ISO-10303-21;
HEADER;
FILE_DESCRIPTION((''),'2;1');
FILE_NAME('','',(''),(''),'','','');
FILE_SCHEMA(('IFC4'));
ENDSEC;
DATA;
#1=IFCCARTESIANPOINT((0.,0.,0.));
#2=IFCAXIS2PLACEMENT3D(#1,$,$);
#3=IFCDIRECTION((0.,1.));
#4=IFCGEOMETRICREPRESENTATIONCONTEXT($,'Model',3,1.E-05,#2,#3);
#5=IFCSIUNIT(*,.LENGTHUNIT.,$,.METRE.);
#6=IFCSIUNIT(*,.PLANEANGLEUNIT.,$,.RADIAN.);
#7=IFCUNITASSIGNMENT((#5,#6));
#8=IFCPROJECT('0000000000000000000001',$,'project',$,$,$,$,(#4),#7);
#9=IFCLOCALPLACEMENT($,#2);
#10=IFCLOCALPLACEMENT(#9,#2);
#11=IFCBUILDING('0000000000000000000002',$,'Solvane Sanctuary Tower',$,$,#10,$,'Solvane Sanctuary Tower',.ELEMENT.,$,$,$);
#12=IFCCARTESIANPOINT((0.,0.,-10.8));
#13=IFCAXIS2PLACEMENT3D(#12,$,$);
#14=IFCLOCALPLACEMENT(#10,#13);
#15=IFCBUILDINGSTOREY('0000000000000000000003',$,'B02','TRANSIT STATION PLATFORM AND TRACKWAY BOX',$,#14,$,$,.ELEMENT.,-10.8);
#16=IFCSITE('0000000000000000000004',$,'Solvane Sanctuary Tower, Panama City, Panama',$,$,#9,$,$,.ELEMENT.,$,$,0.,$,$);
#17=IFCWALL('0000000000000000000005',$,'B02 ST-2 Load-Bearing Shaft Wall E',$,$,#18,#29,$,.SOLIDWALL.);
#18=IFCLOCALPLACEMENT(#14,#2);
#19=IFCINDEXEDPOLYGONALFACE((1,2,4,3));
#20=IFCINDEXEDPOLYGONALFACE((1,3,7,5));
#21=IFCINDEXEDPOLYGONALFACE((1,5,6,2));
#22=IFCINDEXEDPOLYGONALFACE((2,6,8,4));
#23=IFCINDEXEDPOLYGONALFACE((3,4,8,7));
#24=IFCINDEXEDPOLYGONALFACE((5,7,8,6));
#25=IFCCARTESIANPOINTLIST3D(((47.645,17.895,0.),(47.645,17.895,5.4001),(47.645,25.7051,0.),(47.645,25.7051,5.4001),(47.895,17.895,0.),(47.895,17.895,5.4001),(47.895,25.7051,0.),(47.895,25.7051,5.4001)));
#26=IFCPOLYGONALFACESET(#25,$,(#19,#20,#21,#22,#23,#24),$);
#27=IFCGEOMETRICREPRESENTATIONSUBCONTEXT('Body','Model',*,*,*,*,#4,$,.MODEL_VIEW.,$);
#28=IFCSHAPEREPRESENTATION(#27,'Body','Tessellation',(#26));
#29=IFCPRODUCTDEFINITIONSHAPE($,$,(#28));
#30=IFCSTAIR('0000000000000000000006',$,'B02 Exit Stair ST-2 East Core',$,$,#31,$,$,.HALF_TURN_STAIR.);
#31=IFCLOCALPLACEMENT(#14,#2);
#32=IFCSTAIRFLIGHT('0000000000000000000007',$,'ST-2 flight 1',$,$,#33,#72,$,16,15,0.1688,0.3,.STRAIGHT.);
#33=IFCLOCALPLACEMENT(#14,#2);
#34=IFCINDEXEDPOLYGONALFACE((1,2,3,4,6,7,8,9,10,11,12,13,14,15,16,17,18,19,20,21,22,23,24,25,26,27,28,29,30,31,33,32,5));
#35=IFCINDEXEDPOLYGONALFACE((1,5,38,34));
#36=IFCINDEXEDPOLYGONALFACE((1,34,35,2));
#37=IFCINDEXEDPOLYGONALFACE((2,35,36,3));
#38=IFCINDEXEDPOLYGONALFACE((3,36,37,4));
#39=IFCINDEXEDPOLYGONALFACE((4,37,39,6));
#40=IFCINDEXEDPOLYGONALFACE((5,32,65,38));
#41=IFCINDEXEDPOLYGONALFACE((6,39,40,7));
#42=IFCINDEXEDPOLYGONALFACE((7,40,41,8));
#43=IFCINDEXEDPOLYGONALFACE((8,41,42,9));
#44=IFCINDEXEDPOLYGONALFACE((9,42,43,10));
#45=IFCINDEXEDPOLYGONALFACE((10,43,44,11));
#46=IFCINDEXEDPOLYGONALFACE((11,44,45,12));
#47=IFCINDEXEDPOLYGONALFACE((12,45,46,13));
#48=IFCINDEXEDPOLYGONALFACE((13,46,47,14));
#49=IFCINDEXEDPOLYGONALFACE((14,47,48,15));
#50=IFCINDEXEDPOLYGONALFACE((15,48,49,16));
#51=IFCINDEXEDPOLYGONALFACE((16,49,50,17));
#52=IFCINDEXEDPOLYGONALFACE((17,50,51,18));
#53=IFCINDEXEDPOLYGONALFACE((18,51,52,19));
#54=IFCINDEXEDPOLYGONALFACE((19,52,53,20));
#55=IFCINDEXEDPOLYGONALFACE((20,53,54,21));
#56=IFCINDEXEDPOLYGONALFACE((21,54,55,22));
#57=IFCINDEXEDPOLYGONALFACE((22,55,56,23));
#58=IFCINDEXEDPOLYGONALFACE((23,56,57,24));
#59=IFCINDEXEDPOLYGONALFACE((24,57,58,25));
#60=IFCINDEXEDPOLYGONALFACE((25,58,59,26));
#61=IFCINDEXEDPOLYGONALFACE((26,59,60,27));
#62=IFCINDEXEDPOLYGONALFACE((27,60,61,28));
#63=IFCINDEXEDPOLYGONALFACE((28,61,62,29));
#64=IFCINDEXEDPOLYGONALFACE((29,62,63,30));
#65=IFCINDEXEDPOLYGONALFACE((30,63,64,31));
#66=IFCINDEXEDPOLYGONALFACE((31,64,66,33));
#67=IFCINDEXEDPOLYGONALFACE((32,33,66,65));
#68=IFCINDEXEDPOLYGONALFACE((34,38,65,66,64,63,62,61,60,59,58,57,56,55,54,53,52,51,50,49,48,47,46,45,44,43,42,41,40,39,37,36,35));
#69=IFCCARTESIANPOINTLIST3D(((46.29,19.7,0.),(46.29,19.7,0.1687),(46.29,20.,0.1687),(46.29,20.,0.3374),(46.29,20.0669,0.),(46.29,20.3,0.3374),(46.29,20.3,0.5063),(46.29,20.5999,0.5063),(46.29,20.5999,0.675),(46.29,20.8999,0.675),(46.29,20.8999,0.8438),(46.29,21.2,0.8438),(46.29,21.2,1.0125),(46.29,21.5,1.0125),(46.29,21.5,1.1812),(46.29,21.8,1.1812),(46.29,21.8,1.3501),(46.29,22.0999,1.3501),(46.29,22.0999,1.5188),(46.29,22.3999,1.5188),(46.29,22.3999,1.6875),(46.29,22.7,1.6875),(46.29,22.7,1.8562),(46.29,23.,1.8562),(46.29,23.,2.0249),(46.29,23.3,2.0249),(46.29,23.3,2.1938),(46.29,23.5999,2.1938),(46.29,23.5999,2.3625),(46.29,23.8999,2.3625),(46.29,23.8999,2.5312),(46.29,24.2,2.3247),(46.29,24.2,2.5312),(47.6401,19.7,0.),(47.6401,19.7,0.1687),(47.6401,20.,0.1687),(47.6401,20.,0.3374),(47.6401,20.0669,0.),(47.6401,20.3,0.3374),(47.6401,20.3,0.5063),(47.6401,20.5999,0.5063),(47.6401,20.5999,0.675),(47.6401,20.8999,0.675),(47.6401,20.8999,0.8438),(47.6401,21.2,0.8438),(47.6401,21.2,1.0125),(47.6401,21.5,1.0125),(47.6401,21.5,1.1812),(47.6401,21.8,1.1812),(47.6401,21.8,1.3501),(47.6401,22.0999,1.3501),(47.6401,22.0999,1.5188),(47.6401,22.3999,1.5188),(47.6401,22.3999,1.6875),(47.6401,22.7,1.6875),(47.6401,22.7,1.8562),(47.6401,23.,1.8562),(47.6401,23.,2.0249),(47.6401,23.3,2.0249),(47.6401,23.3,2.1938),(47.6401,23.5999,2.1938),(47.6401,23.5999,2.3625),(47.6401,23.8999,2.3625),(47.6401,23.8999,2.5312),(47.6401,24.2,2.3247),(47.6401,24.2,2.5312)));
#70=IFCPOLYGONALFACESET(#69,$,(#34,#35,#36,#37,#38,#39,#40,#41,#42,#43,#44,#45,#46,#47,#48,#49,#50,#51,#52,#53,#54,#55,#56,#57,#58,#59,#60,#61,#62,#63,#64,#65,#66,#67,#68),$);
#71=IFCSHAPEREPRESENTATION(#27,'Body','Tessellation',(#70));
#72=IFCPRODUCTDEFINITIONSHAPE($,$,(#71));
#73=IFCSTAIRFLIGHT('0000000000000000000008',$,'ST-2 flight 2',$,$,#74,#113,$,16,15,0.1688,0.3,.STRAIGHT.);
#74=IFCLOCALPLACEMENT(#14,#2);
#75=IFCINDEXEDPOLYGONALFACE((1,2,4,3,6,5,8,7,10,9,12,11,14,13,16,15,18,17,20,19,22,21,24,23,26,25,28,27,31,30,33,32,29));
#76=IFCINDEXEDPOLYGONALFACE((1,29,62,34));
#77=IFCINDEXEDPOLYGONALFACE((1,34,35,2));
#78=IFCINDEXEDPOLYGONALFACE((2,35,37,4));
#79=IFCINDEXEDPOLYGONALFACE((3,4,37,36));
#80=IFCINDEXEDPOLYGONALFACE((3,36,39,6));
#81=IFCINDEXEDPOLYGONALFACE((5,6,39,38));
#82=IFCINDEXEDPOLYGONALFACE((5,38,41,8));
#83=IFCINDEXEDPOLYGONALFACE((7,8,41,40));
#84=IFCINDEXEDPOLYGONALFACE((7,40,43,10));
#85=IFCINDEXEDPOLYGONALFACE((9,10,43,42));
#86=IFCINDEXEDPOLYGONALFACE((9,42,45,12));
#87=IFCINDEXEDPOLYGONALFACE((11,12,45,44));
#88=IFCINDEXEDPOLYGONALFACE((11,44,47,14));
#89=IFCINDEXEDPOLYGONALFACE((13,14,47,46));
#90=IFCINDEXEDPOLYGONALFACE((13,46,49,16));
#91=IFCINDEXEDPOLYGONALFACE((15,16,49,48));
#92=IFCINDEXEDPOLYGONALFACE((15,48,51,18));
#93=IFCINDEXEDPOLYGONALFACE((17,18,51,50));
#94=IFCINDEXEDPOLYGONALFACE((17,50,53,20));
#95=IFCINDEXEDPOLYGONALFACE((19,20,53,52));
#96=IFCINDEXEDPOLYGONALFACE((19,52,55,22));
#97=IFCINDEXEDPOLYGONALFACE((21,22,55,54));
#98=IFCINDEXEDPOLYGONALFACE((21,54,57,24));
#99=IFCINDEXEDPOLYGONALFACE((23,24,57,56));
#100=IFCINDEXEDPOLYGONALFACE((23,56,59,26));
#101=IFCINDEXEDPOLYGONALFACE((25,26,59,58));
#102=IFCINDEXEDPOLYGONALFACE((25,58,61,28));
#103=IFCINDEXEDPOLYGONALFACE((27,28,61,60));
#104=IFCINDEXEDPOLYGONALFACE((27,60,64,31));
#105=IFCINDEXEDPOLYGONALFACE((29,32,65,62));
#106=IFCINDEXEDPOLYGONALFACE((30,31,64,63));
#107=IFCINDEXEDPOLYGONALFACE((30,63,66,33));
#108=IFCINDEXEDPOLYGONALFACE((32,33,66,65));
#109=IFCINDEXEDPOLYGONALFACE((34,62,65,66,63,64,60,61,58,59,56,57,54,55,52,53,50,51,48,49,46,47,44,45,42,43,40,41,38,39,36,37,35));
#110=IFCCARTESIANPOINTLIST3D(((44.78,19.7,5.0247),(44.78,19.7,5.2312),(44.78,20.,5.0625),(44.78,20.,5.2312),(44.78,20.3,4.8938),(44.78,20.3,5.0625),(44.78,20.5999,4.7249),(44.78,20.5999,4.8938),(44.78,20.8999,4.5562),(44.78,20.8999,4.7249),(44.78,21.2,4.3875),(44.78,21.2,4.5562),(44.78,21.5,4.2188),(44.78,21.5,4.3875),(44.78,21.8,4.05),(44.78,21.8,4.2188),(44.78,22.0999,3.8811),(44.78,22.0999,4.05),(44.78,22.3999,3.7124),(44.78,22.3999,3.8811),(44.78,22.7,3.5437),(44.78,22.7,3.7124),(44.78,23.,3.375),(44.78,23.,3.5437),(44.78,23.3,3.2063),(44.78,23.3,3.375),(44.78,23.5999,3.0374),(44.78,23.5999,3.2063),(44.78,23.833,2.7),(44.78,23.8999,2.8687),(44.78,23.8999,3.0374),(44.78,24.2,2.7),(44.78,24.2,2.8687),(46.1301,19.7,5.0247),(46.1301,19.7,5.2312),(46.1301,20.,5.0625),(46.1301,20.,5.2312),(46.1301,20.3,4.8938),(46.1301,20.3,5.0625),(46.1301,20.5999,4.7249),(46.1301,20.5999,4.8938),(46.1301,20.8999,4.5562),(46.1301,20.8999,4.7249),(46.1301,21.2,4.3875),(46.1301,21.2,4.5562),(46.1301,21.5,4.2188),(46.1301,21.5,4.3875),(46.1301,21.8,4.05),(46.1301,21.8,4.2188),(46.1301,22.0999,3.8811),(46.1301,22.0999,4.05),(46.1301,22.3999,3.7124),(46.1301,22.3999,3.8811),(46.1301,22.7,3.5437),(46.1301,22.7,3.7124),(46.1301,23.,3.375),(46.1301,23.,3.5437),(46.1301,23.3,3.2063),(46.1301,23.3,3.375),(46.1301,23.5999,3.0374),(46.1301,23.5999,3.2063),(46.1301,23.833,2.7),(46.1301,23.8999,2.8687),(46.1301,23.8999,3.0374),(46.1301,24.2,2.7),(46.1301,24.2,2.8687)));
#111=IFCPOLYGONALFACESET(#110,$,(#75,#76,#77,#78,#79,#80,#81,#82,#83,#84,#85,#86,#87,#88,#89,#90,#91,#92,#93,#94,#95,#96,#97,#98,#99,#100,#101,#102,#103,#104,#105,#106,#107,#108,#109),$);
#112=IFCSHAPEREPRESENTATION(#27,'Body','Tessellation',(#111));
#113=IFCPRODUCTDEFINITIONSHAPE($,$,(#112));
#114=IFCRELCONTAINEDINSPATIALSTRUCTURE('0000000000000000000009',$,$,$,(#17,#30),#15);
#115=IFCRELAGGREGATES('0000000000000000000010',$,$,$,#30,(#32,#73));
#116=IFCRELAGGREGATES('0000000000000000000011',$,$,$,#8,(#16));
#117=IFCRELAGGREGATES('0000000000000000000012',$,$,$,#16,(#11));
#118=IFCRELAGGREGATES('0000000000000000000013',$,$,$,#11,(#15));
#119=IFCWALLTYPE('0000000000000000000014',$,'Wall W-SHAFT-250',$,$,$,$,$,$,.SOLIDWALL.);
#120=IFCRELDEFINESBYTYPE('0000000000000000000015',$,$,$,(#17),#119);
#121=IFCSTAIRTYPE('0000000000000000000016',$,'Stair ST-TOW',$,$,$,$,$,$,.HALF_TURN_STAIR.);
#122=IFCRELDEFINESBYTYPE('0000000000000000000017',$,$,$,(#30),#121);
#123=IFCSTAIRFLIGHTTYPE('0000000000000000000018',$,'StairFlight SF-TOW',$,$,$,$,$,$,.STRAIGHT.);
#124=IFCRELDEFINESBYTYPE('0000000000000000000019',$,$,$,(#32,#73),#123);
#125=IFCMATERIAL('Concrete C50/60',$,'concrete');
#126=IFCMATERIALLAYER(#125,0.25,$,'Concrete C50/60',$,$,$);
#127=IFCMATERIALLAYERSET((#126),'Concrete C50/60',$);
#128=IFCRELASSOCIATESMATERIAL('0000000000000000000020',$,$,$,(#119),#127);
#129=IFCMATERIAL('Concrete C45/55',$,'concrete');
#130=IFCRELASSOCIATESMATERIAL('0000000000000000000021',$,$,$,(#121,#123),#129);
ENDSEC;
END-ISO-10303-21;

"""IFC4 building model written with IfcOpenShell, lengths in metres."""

from ifc_helpers import new_model, si_unit, direction, frame, frame_2d, origin, place, context, subcontext, project, spatial, polyline, rectangle, outline, extrude, material, layer, layer_set, type_object, element, aggregate, save


model = new_model("IFC4")

# Units and contexts
model_context = context("Model", 3, precision=1e-05, world=origin(), true_north=direction((0.0, 1.0)))
body_context = subcontext(model_context, "Body", "Model", "MODEL_VIEW")
ifc_project = project(units=[si_unit("LENGTHUNIT", "METRE"), si_unit("PLANEANGLEUNIT", "RADIAN")], contexts=[model_context])

# Site, building, storey
site_placement = place(None, origin())
site = spatial("IfcSite", under=ifc_project, at=site_placement, Name="Solvane Sanctuary Tower, Panama City, Panama", CompositionType="ELEMENT", RefElevation=0.0)
building_placement = place(site_placement, origin())
building = spatial("IfcBuilding", under=site, at=building_placement, Name="Solvane Sanctuary Tower", LongName="Solvane Sanctuary Tower", CompositionType="ELEMENT")
storey_placement = place(building_placement, frame((0.0, 0.0, -10.8)))
storey = spatial("IfcBuildingStorey", under=building, at=storey_placement, Name="B02", Description="TRANSIT STATION PLATFORM AND TRACKWAY BOX", CompositionType="ELEMENT", Elevation=-10.8)

# Shared definitions
ifc_material_1 = material(Name="Concrete C50/60", Category="concrete")

# Shared definitions
ifc_material_2 = material(Name="Concrete C45/55", Category="concrete")

# Wall
ifc_layer_1 = layer(ifc_material_1, 0.25, Name="Concrete C50/60")
ifc_layer_set_1 = layer_set([ifc_layer_1], Name="Concrete C50/60")
wall_type_1 = type_object("IfcWallType", Name="Wall W-SHAFT-250", PredefinedType="SOLIDWALL", material=ifc_layer_set_1)
wall_1_placement = place(storey_placement, frame((47.77, 17.895, 0.0), z_axis=(0.0, 0.0, 1.0), x_axis=(0.0, 1.0, 0.0)))
element("IfcWall", 1, at=wall_1_placement, inside=storey, type_object=wall_type_1, Name="B02 ST-2 Load-Bearing Shaft Wall E", PredefinedType="SOLIDWALL", context=body_context, shape_type="SweptSolid", body=[
    extrude(rectangle(XDim=7.8101, YDim=0.25, at=frame_2d((3.905, 0.0))), origin(), (0.0, 0.0, 1.0), 5.4001),
])

# Stair, stair flights
stair_type = type_object("IfcStairType", Name="Stair ST-TOW", PredefinedType="HALF_TURN_STAIR", material=ifc_material_2)
stair_placement = place(storey_placement, origin())
stair = element("IfcStair", 2, at=stair_placement, inside=storey, type_object=stair_type, Name="B02 Exit Stair ST-2 East Core", PredefinedType="HALF_TURN_STAIR")
stair_flight_type = type_object("IfcStairFlightType", Name="StairFlight SF-TOW", PredefinedType="STRAIGHT", material=ifc_material_2)
stair_flight_1_placement = place(storey_placement, frame((46.9651, 19.7, 0.0), z_axis=(0.0, 0.0, 1.0), x_axis=(0.0, 1.0, 0.0)))
stair_flight_1 = element("IfcStairFlight", 3, at=stair_flight_1_placement, type_object=stair_flight_type, Name="ST-2 flight 1", NumberOfRisers=16, NumberOfTreads=15, PredefinedType="STRAIGHT", RiserHeight=0.1688, TreadLength=0.3, context=body_context, shape_type="SweptSolid", body=[
    extrude(outline(polyline([(0.0, 0.0), (0.0, 0.1687), (0.3, 0.1687), (0.3, 0.3374), (0.6001, 0.3374), (0.6001, 0.5063), (0.8999, 0.5063), (0.8999, 0.675), (1.2, 0.675), (1.2, 0.8438), (1.5, 0.8438), (1.5, 1.0125), (1.8, 1.0125), (1.8, 1.1812), (2.1001, 1.1812), (2.1001, 1.3501), (2.3999, 1.3501), (2.3999, 1.5188), (2.7, 1.5188), (2.7, 1.6875), (3.0, 1.6875), (3.0, 1.8562), (3.3, 1.8562), (3.3, 2.0249), (3.6001, 2.0249), (3.6001, 2.1938), (3.8999, 2.1938), (3.8999, 2.3625), (4.2, 2.3625), (4.2, 2.5312), (4.5, 2.5312), (4.5, 2.7), (4.5, 2.3247), (0.3669, 0.0), (0.0, 0.0)])), frame((0.0, 0.675, 0.0), z_axis=(0.0, -1.0, 0.0), x_axis=(1.0, 0.0, 0.0)), (0.0, 0.0, 1.0), 1.3501),
])
stair_flight_2_placement = place(storey_placement, frame((45.4551, 24.2, 2.7), z_axis=(0.0, 0.0, 1.0), x_axis=(0.0, -1.0, 0.0)))
stair_flight_2 = element("IfcStairFlight", 4, at=stair_flight_2_placement, type_object=stair_flight_type, Name="ST-2 flight 2", NumberOfRisers=16, NumberOfTreads=15, PredefinedType="STRAIGHT", RiserHeight=0.1688, TreadLength=0.3, context=body_context, shape_type="SweptSolid", body=[
    extrude(outline(polyline([(0.0, 0.0), (0.0, 0.1687), (0.3, 0.1687), (0.3, 0.3374), (0.6001, 0.3374), (0.6001, 0.5063), (0.8999, 0.5063), (0.8999, 0.675), (1.2, 0.675), (1.2, 0.8438), (1.5, 0.8438), (1.5, 1.0125), (1.8, 1.0125), (1.8, 1.1812), (2.1001, 1.1812), (2.1001, 1.3501), (2.3999, 1.3501), (2.3999, 1.5188), (2.7, 1.5188), (2.7, 1.6875), (3.0, 1.6875), (3.0, 1.8562), (3.3, 1.8562), (3.3, 2.0249), (3.6001, 2.0249), (3.6001, 2.1938), (3.8999, 2.1938), (3.8999, 2.3625), (4.2, 2.3625), (4.2, 2.5312), (4.5, 2.5312), (4.5, 2.7), (4.5, 2.3247), (0.3669, 0.0), (0.0, 0.0)])), frame((0.0, 0.675, 0.0), z_axis=(0.0, -1.0, 0.0), x_axis=(1.0, 0.0, 0.0)), (0.0, 0.0, 1.0), 1.3501),
])
aggregate(stair, [stair_flight_1, stair_flight_2])

save(model, "model.ifc")
